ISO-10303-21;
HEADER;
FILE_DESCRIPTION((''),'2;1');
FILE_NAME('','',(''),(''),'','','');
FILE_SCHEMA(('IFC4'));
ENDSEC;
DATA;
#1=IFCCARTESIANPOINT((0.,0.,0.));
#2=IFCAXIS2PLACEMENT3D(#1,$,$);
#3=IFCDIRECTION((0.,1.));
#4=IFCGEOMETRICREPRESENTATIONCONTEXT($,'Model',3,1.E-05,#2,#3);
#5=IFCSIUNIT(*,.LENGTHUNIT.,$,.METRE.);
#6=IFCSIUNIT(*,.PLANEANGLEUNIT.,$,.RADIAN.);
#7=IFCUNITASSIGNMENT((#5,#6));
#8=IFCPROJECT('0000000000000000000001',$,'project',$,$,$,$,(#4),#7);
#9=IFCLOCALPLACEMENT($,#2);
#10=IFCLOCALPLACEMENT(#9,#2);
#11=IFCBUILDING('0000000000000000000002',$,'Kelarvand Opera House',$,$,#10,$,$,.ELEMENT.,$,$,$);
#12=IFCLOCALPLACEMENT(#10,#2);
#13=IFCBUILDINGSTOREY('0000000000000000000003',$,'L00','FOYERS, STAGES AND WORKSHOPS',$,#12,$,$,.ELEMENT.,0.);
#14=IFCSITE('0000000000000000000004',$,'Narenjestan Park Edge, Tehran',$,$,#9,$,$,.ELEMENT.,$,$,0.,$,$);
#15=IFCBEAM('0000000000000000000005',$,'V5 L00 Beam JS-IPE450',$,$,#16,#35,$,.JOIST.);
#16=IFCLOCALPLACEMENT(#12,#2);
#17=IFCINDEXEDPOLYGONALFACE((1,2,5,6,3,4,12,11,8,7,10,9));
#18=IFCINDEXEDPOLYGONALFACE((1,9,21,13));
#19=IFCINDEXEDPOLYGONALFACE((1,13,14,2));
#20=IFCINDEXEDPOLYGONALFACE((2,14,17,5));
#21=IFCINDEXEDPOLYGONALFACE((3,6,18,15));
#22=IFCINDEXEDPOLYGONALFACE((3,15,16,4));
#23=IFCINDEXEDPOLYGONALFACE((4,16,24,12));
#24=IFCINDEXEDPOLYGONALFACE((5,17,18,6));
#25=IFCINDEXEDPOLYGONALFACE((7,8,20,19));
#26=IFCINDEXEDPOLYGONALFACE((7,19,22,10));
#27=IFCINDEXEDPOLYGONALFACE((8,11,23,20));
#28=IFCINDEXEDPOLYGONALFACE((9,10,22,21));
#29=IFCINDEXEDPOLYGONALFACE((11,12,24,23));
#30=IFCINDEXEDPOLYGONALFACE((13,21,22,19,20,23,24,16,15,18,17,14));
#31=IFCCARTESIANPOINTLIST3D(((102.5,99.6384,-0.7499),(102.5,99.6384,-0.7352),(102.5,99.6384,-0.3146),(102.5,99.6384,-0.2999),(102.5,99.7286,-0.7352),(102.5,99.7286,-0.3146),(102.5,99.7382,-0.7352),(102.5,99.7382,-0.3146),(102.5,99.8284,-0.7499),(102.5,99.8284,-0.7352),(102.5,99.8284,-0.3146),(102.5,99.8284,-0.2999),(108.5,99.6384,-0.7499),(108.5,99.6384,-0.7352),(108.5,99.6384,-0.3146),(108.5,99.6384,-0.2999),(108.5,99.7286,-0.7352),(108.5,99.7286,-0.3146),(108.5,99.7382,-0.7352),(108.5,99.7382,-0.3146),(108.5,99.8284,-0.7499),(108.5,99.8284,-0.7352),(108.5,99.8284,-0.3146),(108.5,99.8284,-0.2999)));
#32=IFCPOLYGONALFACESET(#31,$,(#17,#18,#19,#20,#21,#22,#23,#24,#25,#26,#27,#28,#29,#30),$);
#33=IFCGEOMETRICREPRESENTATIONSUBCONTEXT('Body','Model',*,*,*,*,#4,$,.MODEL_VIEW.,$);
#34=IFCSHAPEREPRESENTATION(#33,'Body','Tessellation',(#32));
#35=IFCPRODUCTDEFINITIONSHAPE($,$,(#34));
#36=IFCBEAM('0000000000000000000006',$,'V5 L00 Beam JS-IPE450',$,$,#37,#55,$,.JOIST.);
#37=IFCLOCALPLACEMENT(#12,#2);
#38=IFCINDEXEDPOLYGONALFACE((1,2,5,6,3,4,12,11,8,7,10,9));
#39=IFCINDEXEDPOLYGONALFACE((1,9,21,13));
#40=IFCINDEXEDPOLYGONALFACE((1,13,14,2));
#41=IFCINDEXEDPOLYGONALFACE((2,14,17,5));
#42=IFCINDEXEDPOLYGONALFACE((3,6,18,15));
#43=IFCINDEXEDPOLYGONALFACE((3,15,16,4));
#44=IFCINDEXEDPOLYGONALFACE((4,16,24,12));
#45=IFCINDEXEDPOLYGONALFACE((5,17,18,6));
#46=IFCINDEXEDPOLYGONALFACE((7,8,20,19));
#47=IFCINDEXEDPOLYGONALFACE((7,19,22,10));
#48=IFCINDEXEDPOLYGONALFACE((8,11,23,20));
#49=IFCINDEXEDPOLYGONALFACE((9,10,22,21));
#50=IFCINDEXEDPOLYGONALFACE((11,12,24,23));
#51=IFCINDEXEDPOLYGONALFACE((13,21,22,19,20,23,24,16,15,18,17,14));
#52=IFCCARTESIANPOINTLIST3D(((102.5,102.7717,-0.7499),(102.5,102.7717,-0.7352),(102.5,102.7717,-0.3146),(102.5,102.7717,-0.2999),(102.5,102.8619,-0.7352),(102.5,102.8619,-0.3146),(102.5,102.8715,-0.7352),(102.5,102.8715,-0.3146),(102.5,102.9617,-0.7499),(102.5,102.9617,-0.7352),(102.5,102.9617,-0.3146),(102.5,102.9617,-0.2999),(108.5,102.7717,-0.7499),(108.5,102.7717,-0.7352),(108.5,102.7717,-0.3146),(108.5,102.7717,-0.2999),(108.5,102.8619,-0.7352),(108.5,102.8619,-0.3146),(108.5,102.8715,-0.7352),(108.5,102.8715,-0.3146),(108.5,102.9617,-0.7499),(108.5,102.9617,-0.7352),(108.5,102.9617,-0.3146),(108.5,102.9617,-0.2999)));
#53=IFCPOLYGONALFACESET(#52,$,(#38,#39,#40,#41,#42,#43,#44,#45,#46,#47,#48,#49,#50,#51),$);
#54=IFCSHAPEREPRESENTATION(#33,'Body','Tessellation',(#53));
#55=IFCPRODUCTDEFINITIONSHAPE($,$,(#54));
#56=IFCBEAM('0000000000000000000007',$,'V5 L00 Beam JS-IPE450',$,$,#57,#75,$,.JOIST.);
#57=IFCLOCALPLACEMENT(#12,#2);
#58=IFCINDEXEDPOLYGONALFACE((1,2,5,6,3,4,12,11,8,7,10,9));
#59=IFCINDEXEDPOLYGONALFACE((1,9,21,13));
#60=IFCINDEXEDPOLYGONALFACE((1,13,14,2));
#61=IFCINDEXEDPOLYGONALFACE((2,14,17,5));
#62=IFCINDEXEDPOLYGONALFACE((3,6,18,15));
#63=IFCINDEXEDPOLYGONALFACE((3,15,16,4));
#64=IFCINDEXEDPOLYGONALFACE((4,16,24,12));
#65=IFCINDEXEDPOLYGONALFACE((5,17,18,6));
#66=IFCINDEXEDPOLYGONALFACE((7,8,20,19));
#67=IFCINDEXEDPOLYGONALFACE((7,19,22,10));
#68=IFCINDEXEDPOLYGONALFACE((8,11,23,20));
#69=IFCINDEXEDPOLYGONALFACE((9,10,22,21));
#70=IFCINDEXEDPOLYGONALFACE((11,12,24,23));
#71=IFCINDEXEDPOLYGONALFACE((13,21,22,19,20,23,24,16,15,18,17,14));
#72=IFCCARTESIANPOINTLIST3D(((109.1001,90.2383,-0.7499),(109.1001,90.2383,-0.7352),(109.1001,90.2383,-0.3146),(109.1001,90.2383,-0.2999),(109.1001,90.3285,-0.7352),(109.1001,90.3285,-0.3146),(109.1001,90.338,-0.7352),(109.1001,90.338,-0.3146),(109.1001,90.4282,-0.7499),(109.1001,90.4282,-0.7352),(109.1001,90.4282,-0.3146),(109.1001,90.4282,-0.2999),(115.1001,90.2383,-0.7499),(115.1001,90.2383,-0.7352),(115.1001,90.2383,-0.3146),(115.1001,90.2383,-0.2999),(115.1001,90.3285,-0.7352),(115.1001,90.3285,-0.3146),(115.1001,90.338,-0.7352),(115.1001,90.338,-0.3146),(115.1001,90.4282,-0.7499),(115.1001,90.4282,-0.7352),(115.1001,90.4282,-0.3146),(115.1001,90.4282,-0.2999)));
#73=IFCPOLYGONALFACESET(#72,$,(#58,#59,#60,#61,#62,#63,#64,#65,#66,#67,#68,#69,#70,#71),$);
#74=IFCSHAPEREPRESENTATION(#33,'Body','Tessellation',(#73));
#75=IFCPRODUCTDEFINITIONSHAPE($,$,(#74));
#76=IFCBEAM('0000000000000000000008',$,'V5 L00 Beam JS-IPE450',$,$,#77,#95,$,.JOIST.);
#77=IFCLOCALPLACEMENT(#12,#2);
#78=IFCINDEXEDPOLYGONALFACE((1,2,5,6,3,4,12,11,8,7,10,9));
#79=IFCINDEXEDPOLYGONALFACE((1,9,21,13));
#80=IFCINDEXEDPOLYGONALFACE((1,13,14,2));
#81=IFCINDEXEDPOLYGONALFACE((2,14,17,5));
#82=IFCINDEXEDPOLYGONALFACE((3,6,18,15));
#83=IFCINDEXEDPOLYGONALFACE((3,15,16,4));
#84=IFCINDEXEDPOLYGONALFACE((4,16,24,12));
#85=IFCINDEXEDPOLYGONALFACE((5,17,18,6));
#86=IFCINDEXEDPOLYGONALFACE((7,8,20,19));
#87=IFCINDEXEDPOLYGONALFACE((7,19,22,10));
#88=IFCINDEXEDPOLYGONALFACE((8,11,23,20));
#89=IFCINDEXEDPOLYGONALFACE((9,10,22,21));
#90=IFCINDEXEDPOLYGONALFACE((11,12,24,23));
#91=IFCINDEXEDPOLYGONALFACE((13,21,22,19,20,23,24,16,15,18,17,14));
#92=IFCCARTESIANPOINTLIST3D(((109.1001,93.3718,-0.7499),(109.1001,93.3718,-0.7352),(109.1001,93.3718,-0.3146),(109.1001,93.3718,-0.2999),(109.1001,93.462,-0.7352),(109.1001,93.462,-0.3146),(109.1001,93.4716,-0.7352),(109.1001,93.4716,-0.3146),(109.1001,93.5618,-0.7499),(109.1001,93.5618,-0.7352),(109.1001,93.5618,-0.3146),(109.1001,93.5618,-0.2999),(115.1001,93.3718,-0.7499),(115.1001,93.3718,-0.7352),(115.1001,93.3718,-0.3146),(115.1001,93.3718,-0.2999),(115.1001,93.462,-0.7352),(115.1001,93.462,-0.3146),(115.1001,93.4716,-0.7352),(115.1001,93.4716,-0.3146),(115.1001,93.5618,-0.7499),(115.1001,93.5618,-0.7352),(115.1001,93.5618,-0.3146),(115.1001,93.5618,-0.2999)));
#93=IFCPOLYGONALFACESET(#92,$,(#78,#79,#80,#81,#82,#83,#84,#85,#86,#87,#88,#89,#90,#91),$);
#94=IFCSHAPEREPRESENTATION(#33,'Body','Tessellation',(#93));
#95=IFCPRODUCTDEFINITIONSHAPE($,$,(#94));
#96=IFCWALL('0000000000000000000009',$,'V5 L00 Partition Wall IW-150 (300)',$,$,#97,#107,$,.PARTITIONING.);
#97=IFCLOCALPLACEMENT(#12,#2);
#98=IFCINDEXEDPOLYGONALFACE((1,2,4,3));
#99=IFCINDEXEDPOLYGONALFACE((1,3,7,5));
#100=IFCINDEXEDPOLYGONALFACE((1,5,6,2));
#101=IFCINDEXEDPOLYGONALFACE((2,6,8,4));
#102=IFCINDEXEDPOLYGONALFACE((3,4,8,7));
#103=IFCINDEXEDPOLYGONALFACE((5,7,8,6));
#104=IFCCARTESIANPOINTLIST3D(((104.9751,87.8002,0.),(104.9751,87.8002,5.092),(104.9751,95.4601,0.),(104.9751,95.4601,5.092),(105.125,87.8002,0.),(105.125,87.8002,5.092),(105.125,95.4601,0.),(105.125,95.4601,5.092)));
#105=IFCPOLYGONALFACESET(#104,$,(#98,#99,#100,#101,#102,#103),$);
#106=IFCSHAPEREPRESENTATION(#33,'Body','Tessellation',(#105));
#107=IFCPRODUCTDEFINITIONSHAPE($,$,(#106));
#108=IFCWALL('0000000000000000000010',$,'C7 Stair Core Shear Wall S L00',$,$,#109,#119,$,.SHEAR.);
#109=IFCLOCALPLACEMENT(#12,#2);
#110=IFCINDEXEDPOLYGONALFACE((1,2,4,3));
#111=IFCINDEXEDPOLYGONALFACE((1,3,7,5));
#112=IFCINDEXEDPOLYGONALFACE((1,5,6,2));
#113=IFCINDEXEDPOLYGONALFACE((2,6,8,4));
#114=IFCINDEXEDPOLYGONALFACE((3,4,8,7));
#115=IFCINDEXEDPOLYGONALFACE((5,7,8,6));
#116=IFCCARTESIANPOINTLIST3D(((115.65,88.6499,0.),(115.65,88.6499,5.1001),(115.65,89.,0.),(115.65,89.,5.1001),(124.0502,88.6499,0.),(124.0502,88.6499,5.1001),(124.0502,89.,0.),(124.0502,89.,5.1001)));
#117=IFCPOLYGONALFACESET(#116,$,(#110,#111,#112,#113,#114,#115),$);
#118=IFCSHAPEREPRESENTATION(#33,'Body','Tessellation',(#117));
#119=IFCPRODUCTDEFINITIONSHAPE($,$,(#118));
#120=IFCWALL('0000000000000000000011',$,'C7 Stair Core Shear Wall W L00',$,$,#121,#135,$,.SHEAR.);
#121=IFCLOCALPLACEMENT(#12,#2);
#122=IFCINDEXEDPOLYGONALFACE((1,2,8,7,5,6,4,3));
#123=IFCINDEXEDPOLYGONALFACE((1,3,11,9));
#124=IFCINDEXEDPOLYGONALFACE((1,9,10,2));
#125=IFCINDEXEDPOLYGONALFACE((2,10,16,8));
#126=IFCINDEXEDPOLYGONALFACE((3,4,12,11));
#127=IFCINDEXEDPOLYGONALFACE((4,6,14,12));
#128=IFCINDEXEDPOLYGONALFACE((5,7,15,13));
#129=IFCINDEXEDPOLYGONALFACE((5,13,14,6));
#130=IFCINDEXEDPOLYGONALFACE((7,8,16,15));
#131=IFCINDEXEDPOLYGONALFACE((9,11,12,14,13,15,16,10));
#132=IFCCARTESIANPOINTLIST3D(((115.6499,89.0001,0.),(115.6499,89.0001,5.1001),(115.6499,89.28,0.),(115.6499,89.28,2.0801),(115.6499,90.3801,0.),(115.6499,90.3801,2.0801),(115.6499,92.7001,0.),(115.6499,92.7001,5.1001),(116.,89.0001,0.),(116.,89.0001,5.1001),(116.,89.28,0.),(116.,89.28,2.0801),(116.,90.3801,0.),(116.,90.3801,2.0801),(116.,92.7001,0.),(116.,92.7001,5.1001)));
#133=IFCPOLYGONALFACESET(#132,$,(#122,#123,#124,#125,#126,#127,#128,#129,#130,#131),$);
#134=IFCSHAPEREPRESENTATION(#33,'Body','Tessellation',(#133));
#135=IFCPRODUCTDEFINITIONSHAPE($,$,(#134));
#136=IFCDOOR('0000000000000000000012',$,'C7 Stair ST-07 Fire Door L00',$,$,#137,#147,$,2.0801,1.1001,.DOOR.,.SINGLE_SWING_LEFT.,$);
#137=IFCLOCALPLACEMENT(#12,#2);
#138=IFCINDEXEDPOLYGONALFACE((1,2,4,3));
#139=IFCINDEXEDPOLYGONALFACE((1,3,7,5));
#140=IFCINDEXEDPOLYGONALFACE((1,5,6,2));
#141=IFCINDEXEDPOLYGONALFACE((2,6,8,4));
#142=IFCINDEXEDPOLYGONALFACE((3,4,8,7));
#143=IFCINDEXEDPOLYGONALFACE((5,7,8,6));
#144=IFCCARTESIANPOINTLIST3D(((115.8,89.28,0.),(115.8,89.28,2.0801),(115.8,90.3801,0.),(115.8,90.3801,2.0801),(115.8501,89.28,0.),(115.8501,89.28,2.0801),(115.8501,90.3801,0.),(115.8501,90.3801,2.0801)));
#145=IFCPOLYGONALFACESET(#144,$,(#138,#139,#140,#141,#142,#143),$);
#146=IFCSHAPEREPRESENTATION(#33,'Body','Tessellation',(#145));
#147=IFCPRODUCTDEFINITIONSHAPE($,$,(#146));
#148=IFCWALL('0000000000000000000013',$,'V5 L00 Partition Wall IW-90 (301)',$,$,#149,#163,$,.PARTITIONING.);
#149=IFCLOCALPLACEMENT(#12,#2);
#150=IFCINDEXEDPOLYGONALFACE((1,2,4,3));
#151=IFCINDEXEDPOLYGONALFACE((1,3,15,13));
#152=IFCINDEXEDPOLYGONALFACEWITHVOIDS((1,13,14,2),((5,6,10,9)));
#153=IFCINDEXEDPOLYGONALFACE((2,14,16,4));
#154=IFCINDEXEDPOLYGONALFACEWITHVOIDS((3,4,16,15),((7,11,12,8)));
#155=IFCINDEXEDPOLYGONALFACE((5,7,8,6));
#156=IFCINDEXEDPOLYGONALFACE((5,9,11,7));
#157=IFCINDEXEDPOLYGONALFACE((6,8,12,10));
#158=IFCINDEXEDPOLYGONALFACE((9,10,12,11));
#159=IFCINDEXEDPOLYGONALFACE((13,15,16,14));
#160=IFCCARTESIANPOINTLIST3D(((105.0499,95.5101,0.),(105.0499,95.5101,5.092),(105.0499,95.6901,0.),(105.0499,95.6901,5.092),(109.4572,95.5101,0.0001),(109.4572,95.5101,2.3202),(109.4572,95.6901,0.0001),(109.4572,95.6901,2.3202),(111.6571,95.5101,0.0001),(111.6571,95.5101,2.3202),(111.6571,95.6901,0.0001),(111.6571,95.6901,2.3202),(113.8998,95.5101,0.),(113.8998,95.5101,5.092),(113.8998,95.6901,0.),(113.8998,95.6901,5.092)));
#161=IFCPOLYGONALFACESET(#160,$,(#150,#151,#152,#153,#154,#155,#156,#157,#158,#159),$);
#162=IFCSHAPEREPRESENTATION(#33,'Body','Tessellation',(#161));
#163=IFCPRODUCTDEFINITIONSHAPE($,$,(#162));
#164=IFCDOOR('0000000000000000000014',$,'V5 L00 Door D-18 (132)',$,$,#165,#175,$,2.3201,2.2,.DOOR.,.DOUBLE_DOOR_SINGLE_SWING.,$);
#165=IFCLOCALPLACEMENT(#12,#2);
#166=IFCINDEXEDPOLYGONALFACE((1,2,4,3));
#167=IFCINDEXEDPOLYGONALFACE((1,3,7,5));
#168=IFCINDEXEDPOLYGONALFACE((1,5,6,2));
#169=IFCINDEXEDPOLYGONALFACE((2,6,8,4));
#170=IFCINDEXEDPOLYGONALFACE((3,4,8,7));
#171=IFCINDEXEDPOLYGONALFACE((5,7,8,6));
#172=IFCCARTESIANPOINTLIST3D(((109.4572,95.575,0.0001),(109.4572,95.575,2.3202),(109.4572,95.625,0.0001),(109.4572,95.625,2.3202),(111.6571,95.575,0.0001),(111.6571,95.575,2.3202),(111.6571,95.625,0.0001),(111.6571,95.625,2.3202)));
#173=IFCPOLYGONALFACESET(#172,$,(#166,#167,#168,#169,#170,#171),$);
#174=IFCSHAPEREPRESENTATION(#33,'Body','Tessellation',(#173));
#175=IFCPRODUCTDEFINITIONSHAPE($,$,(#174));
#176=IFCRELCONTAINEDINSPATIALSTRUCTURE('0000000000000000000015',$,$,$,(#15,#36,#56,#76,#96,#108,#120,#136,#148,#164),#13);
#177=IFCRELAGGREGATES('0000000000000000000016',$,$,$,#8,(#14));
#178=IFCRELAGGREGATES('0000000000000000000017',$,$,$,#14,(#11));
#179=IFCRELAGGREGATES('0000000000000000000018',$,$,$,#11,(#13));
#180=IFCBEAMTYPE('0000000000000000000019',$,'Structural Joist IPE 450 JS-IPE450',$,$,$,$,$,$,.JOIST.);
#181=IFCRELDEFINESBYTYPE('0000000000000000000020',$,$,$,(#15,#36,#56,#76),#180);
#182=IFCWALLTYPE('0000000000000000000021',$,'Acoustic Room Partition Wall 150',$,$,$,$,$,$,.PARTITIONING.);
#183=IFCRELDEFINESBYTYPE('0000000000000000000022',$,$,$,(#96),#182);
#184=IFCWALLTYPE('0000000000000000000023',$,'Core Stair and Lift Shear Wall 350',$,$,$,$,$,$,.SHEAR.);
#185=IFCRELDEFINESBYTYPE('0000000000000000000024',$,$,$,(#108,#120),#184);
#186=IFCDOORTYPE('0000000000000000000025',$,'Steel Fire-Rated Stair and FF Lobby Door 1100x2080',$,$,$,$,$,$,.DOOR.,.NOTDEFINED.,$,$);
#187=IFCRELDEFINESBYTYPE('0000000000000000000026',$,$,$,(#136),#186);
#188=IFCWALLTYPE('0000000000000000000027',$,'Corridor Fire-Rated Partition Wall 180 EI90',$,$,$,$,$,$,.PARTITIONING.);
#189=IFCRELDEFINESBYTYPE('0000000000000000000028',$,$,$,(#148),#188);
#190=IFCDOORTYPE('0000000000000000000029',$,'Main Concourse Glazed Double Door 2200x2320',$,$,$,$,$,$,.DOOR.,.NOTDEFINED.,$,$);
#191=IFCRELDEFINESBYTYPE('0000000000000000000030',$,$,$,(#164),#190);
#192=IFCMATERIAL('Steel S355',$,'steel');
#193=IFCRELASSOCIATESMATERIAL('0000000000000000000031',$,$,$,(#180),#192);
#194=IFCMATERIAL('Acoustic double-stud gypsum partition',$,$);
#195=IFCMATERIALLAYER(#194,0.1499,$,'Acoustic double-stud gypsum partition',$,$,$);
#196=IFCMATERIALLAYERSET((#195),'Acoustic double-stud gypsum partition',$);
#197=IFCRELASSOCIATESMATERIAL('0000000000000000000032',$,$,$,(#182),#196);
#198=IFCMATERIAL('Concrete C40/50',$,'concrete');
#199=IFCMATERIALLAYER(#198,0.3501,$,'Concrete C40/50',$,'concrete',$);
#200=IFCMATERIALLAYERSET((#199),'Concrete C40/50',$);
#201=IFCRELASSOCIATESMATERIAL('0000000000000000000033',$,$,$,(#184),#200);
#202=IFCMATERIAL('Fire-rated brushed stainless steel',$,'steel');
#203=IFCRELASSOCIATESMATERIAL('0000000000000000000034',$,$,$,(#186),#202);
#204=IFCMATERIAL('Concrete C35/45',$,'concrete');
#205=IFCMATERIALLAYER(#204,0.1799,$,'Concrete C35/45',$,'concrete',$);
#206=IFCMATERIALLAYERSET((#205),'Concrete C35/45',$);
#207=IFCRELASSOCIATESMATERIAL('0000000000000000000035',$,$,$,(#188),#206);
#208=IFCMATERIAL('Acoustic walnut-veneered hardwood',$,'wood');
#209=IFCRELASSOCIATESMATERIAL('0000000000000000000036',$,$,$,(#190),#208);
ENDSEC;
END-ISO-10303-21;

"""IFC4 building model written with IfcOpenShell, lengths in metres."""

from ifc_helpers import new_model, si_unit, direction, frame, frame_2d, origin, origin_2d, place, context, subcontext, project, spatial, rectangle, i_section, extrude, material, layer, layer_set, material_profile, profile_set, type_object, element, fill, save


model = new_model("IFC4")

# Units and contexts
model_context = context("Model", 3, precision=1e-05, world=origin(), true_north=direction((0.0, 1.0)))
body_context = subcontext(model_context, "Body", "Model", "MODEL_VIEW")
ifc_project = project(units=[si_unit("LENGTHUNIT", "METRE"), si_unit("PLANEANGLEUNIT", "RADIAN")], contexts=[model_context])

# Site, building, storey
site_placement = place(None, origin())
site = spatial("IfcSite", under=ifc_project, at=site_placement, Name="Narenjestan Park Edge, Tehran", CompositionType="ELEMENT", RefElevation=0.0)
building_placement = place(site_placement, origin())
building = spatial("IfcBuilding", under=site, at=building_placement, Name="Kelarvand Opera House", CompositionType="ELEMENT")
storey_placement = place(building_placement, origin())
storey = spatial("IfcBuildingStorey", under=building, at=storey_placement, Name="L00", Description="FOYERS, STAGES AND WORKSHOPS", CompositionType="ELEMENT", Elevation=0.0)

# Shared definitions
ifc_material_1 = material(Name="Concrete C40/50", Category="concrete")

# Beams
ifc_material_2 = material(Name="Steel S355", Category="steel")
ifc_material_profile_1 = material_profile(ifc_material_2, i_section(OverallWidth=0.1899, OverallDepth=0.45, WebThickness=0.0095, FlangeThickness=0.0146, at=origin_2d()), Name="IPE 450", Category="steel")
ifc_profile_set_1 = profile_set([ifc_material_profile_1], Name="Steel S355")
beam_type_1 = type_object("IfcBeamType", Name="Structural Joist IPE 450 JS-IPE450", PredefinedType="JOIST", material=ifc_profile_set_1)
for number, where, z_axis, x_axis, name in (
    (1, (102.5, 99.7334, -0.5249), (1.0, 0.0, 0.0), (0.0, 1.0, 0.0), "V5 L00 Beam JS-IPE450"),
    (2, (102.5, 102.8667, -0.5249), (1.0, 0.0, 0.0), (0.0, 1.0, 0.0), "V5 L00 Beam JS-IPE450"),
    (3, (109.1001, 90.3333, -0.5249), (1.0, 0.0, 0.0), (0.0, 1.0, 0.0), "V5 L00 Beam JS-IPE450"),
    (4, (109.1001, 93.4668, -0.5249), (1.0, 0.0, 0.0), (0.0, 1.0, 0.0), "V5 L00 Beam JS-IPE450"),
):
    element("IfcBeam", number, at=place(storey_placement, frame(where, z_axis=z_axis, x_axis=x_axis)), inside=storey, type_object=beam_type_1, Name=name, PredefinedType="JOIST", context=body_context, shape_type="SweptSolid", body=[
        extrude(i_section(OverallWidth=0.1899, OverallDepth=0.45, WebThickness=0.0095, FlangeThickness=0.0146, at=origin_2d()), origin(), (0.0, 0.0, 1.0), 6.0),
    ])

# Walls
ifc_material_3 = material(Name="Acoustic double-stud gypsum partition")
ifc_layer_1 = layer(ifc_material_3, 0.1499, Name="Acoustic double-stud gypsum partition")
ifc_layer_set_1 = layer_set([ifc_layer_1], Name="Acoustic double-stud gypsum partition")
wall_type_1 = type_object("IfcWallType", Name="Acoustic Room Partition Wall 150", PredefinedType="PARTITIONING", material=ifc_layer_set_1)
wall_1_placement = place(storey_placement, frame((105.05, 87.8, 0.0), z_axis=(0.0, 0.0, 1.0), x_axis=(0.0, 1.0, 0.0)))
element("IfcWall", 5, at=wall_1_placement, inside=storey, type_object=wall_type_1, Name="V5 L00 Partition Wall IW-150 (300)", PredefinedType="PARTITIONING", context=body_context, shape_type="SweptSolid", body=[
    extrude(rectangle(XDim=7.6599, YDim=0.1499, at=frame_2d((3.8301, 0.0))), origin(), (0.0, 0.0, 1.0), 5.092),
])
ifc_layer_2 = layer(ifc_material_1, 0.3501, Name="Concrete C40/50", Category="concrete")
ifc_layer_set_2 = layer_set([ifc_layer_2], Name="Concrete C40/50")
wall_type_2 = type_object("IfcWallType", Name="Core Stair and Lift Shear Wall 350", PredefinedType="SHEAR", material=ifc_layer_set_2)
wall_2_placement = place(storey_placement, frame((115.6499, 88.825, 0.0), z_axis=(0.0, 0.0, 1.0), x_axis=(1.0, 0.0, 0.0)))
element("IfcWall", 6, at=wall_2_placement, inside=storey, type_object=wall_type_2, Name="C7 Stair Core Shear Wall S L00", PredefinedType="SHEAR", context=body_context, shape_type="SweptSolid", body=[
    extrude(rectangle(XDim=8.4001, YDim=0.3501, at=frame_2d((4.2002, 0.0))), origin(), (0.0, 0.0, 1.0), 5.1001),
])

# Walls, openings, doors
wall_3_placement = place(storey_placement, frame((115.825, 89.0, 0.0), z_axis=(0.0, 0.0, 1.0), x_axis=(0.0, 1.0, 0.0)))
wall_3 = element("IfcWall", 7, at=wall_3_placement, inside=storey, type_object=wall_type_2, Name="C7 Stair Core Shear Wall W L00", PredefinedType="SHEAR", context=body_context, shape_type="SweptSolid", body=[
    extrude(rectangle(XDim=3.7, YDim=0.3501, at=frame_2d((1.8501, 0.0))), origin(), (0.0, 0.0, 1.0), 5.1001),
])
opening_1_placement = place(wall_3_placement, frame((0.28, 0.0, 0.0)))
opening_1 = element("IfcOpeningElement", 8, at=opening_1_placement, cuts=wall_3, PredefinedType="OPENING", context=body_context, shape_type="SweptSolid", body=[
    extrude(rectangle(XDim=1.1001, YDim=2.0801, at=frame_2d((0.55, 1.04))), frame((0.0, 0.1851, 0.0), z_axis=(0.0, -1.0, 0.0), x_axis=(1.0, 0.0, 0.0)), (0.0, 0.0, 1.0), 0.3701),
])
ifc_material_4 = material(Name="Fire-rated brushed stainless steel", Category="steel")
door_type_1 = type_object("IfcDoorType", Name="Steel Fire-Rated Stair and FF Lobby Door 1100x2080", OperationType="NOTDEFINED", PredefinedType="DOOR", material=ifc_material_4)
door_1_placement = place(opening_1_placement, origin())
door_1 = element("IfcDoor", 9, at=door_1_placement, inside=storey, type_object=door_type_1, Name="C7 Stair ST-07 Fire Door L00", OperationType="SINGLE_SWING_LEFT", OverallHeight=2.0801, OverallWidth=1.1001, PredefinedType="DOOR", context=body_context, shape_type="SweptSolid", body=[
    extrude(rectangle(XDim=1.1001, YDim=2.0801, at=frame_2d((0.55, 1.04))), frame((0.0, 0.0249, 0.0), z_axis=(0.0, -1.0, 0.0), x_axis=(1.0, 0.0, 0.0)), (0.0, 0.0, 1.0), 0.05),
])
fill(opening_1, door_1)
ifc_material_5 = material(Name="Concrete C35/45", Category="concrete")
ifc_layer_3 = layer(ifc_material_5, 0.1799, Name="Concrete C35/45", Category="concrete")
ifc_layer_set_3 = layer_set([ifc_layer_3], Name="Concrete C35/45")
wall_type_3 = type_object("IfcWallType", Name="Corridor Fire-Rated Partition Wall 180 EI90", PredefinedType="PARTITIONING", material=ifc_layer_set_3)
wall_4_placement = place(storey_placement, frame((105.05, 95.6001, 0.0), z_axis=(0.0, 0.0, 1.0), x_axis=(1.0, 0.0, 0.0)))
wall_4 = element("IfcWall", 10, at=wall_4_placement, inside=storey, type_object=wall_type_3, Name="V5 L00 Partition Wall IW-90 (301)", PredefinedType="PARTITIONING", context=body_context, shape_type="SweptSolid", body=[
    extrude(rectangle(XDim=8.8499, YDim=0.1799, at=frame_2d((4.4248, 0.0))), origin(), (0.0, 0.0, 1.0), 5.092),
])
opening_2_placement = place(wall_4_placement, frame((4.407, 0.0, 0.0)))
opening_2 = element("IfcOpeningElement", 11, at=opening_2_placement, cuts=wall_4, PredefinedType="OPENING", context=body_context, shape_type="SweptSolid", body=[
    extrude(rectangle(XDim=2.2, YDim=2.3201, at=frame_2d((1.1001, 1.1602))), frame((0.0, 0.1001, 0.0), z_axis=(0.0, -1.0, 0.0), x_axis=(1.0, 0.0, 0.0)), (0.0, 0.0, 1.0), 0.2),
])
ifc_material_6 = material(Name="Acoustic walnut-veneered hardwood", Category="wood")
door_type_2 = type_object("IfcDoorType", Name="Main Concourse Glazed Double Door 2200x2320", OperationType="NOTDEFINED", PredefinedType="DOOR", material=ifc_material_6)
door_2_placement = place(opening_2_placement, origin())
door_2 = element("IfcDoor", 12, at=door_2_placement, inside=storey, type_object=door_type_2, Name="V5 L00 Door D-18 (132)", OperationType="DOUBLE_DOOR_SINGLE_SWING", OverallHeight=2.3201, OverallWidth=2.2, PredefinedType="DOOR", context=body_context, shape_type="SweptSolid", body=[
    extrude(rectangle(XDim=2.2, YDim=2.3201, at=frame_2d((1.1001, 1.1602))), frame((0.0, 0.0249, 0.0), z_axis=(0.0, -1.0, 0.0), x_axis=(1.0, 0.0, 0.0)), (0.0, 0.0, 1.0), 0.05),
])
fill(opening_2, door_2)

save(model, "model.ifc")
